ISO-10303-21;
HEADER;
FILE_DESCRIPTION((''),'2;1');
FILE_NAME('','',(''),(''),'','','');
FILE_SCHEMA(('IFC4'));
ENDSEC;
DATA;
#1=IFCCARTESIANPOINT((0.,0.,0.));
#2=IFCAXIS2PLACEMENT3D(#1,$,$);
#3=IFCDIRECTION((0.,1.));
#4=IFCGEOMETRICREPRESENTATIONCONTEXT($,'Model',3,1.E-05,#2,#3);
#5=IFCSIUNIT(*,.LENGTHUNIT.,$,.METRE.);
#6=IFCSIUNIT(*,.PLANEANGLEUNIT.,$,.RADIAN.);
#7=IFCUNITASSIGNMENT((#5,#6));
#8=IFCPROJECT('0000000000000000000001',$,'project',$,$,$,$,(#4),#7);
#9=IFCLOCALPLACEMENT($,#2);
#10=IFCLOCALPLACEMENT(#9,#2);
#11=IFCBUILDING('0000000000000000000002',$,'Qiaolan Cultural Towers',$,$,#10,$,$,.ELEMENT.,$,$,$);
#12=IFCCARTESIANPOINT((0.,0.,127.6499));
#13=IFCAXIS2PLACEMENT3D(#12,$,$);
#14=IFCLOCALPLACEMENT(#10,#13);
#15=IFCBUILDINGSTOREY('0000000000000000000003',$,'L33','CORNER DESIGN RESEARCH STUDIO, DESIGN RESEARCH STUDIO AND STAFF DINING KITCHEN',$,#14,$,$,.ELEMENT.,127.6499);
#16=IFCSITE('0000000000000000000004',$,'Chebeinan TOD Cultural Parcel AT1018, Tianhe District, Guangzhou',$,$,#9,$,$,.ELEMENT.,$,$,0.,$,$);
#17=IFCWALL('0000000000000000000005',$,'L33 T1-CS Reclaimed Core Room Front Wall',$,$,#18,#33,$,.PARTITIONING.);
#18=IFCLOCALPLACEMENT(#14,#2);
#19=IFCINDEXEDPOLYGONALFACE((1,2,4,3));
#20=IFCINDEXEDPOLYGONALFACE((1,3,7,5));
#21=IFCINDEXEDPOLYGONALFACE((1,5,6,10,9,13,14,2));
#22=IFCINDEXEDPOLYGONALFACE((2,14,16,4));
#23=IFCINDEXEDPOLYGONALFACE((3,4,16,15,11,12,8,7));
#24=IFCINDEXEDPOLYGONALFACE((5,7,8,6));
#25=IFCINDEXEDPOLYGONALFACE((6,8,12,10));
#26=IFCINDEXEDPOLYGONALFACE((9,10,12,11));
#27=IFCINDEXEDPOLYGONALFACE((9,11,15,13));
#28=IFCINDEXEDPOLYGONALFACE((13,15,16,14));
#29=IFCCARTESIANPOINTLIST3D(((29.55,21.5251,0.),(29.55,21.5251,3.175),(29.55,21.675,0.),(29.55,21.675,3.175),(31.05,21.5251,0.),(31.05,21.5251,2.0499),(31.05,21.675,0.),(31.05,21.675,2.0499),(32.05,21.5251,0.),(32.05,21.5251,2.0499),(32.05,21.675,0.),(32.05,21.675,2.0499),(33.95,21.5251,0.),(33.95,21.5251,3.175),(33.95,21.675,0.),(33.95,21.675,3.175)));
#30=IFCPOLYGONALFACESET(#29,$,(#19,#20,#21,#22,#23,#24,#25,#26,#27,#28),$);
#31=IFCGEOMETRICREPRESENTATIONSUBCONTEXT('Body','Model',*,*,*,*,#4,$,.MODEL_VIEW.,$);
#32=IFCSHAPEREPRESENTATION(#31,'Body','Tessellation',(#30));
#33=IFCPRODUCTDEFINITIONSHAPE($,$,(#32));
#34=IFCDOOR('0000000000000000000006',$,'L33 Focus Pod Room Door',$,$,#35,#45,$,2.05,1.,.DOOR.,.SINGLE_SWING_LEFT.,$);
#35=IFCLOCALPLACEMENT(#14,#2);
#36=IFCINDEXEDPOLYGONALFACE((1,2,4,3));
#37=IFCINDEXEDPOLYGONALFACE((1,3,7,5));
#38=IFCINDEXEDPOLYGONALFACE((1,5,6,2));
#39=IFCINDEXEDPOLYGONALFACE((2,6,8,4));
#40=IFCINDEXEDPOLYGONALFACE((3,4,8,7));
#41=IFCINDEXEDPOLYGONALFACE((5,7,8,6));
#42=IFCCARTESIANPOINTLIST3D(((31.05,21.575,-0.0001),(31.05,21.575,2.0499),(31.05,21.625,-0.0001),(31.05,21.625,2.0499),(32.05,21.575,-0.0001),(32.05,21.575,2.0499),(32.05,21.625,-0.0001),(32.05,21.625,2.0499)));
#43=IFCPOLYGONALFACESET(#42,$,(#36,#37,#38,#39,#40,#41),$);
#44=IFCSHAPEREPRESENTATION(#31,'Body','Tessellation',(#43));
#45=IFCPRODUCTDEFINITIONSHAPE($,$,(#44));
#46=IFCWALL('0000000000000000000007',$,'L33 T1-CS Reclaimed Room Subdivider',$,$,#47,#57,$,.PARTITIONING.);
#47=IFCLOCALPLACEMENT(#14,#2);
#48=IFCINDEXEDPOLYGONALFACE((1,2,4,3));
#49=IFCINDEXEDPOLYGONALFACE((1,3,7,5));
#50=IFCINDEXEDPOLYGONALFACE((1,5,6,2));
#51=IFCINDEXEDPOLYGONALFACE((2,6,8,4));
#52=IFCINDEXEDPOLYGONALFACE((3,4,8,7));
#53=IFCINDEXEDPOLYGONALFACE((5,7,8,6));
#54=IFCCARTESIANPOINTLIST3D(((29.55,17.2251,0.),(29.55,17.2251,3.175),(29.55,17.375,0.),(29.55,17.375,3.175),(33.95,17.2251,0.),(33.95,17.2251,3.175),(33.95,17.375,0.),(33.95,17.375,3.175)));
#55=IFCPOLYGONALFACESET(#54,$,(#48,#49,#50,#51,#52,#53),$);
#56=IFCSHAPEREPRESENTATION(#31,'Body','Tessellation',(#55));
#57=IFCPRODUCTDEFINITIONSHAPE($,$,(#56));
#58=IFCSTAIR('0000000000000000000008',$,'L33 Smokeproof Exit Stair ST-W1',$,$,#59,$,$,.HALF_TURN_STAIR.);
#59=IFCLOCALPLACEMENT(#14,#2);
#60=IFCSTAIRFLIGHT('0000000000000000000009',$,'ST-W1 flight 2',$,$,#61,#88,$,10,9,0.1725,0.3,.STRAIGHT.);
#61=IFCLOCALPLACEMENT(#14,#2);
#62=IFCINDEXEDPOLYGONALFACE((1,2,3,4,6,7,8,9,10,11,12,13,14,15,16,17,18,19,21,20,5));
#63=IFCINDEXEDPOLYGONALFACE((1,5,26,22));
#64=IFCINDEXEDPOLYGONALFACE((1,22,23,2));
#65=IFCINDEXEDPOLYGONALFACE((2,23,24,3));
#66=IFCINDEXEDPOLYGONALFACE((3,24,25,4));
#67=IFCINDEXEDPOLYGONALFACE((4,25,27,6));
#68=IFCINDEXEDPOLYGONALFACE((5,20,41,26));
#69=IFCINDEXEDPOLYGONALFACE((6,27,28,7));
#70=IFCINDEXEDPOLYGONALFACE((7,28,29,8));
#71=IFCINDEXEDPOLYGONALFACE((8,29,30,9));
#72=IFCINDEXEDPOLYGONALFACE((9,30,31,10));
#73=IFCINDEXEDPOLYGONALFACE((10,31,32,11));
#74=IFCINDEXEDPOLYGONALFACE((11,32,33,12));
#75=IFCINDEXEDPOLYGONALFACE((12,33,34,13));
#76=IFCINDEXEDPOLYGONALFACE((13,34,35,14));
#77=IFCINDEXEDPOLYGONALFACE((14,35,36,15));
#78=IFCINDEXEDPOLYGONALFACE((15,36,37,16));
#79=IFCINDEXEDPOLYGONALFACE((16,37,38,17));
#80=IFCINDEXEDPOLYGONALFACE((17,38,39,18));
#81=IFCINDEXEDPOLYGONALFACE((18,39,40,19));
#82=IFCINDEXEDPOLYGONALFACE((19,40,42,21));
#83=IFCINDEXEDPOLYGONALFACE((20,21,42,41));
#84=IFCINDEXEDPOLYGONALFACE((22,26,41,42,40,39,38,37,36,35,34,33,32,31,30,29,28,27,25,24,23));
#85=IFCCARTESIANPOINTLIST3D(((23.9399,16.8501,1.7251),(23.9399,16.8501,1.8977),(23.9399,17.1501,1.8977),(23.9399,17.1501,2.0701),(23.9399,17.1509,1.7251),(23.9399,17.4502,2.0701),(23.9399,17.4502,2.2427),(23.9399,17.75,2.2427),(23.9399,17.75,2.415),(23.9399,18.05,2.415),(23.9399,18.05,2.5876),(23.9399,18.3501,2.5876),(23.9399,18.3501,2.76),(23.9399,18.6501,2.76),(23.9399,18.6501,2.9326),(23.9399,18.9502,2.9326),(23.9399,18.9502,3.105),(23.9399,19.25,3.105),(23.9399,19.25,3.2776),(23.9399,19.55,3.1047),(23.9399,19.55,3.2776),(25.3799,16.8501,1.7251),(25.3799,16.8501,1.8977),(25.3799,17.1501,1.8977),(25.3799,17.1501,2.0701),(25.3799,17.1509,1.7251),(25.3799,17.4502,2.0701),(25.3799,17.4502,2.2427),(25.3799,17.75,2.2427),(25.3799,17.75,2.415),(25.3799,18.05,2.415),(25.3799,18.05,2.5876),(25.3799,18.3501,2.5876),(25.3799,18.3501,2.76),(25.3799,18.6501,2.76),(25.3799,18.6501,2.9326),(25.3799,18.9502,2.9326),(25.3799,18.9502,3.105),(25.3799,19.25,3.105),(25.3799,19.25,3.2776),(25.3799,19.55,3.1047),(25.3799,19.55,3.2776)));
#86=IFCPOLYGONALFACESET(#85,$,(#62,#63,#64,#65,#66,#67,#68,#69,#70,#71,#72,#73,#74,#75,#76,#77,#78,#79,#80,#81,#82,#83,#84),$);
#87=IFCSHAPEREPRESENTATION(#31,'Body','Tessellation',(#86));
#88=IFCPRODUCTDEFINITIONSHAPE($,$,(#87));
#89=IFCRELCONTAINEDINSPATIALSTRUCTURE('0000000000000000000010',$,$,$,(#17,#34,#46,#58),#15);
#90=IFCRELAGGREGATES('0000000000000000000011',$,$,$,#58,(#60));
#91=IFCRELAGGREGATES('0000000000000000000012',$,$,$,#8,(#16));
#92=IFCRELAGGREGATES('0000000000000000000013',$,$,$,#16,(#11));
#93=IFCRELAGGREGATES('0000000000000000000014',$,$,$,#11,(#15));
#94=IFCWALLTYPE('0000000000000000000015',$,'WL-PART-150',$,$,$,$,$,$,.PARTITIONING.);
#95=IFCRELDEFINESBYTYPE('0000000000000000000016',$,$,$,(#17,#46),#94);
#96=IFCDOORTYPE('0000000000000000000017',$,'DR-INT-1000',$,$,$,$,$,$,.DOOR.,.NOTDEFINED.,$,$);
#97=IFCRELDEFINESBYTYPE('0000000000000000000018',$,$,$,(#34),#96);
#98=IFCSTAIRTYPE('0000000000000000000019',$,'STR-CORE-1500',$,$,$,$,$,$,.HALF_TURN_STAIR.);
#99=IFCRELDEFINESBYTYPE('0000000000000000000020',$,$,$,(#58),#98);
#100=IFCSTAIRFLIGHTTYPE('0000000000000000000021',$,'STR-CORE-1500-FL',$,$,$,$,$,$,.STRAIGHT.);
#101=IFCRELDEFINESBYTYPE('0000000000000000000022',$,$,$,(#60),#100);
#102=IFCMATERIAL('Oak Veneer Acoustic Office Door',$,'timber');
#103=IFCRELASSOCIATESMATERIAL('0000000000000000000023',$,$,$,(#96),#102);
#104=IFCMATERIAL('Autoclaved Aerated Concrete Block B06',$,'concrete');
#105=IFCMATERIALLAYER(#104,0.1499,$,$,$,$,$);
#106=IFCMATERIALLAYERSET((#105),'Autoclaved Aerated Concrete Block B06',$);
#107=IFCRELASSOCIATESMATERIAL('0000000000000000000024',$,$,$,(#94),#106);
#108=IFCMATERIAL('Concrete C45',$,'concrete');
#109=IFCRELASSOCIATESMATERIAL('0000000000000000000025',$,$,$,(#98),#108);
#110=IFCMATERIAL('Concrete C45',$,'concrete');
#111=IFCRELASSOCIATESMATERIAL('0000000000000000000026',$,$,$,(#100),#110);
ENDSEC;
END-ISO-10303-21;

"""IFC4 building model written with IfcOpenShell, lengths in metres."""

from ifc_helpers import new_model, si_unit, direction, frame, frame_2d, origin, place, context, subcontext, project, spatial, polyline, rectangle, outline, extrude, material, layer, layer_set, type_object, element, fill, aggregate, save


model = new_model("IFC4")

# Units and contexts
model_context = context("Model", 3, precision=1e-05, world=origin(), true_north=direction((0.0, 1.0)))
body_context = subcontext(model_context, "Body", "Model", "MODEL_VIEW")
ifc_project = project(units=[si_unit("LENGTHUNIT", "METRE"), si_unit("PLANEANGLEUNIT", "RADIAN")], contexts=[model_context])

# Site, building, storey
site_placement = place(None, origin())
site = spatial("IfcSite", under=ifc_project, at=site_placement, Name="Chebeinan TOD Cultural Parcel AT1018, Tianhe District, Guangzhou", CompositionType="ELEMENT", RefElevation=0.0)
building_placement = place(site_placement, origin())
building = spatial("IfcBuilding", under=site, at=building_placement, Name="Qiaolan Cultural Towers", CompositionType="ELEMENT")
storey_placement = place(building_placement, frame((0.0, 0.0, 127.6499)))
storey = spatial("IfcBuildingStorey", under=building, at=storey_placement, Name="L33", Description="CORNER DESIGN RESEARCH STUDIO, DESIGN RESEARCH STUDIO AND STAFF DINING KITCHEN", CompositionType="ELEMENT", Elevation=127.6499)

# Shared definitions
ifc_material_1 = material(Name="Oak Veneer Acoustic Office Door", Category="timber")
door_type_1 = type_object("IfcDoorType", Name="DR-INT-1000", OperationType="NOTDEFINED", PredefinedType="DOOR", material=ifc_material_1)

# Wall, opening, door
ifc_material_2 = material(Name="Autoclaved Aerated Concrete Block B06", Category="concrete")
ifc_layer_1 = layer(ifc_material_2, 0.1499)
ifc_layer_set_1 = layer_set([ifc_layer_1], Name="Autoclaved Aerated Concrete Block B06")
wall_type_1 = type_object("IfcWallType", Name="WL-PART-150", PredefinedType="PARTITIONING", material=ifc_layer_set_1)
wall_1_placement = place(storey_placement, frame((29.55, 21.6001, 0.0), z_axis=(0.0, 0.0, 1.0), x_axis=(1.0, 0.0, 0.0)))
wall_1 = element("IfcWall", 1, at=wall_1_placement, inside=storey, type_object=wall_type_1, Name="L33 T1-CS Reclaimed Core Room Front Wall", PredefinedType="PARTITIONING", context=body_context, shape_type="SweptSolid", body=[
    extrude(rectangle(XDim=4.3999, YDim=0.1499, at=frame_2d((2.2, 0.0))), origin(), (0.0, 0.0, 1.0), 3.175),
])
opening_1_placement = place(wall_1_placement, frame((1.5, 0.0, 0.0)))
opening_1 = element("IfcOpeningElement", 2, at=opening_1_placement, cuts=wall_1, PredefinedType="OPENING", context=body_context, shape_type="SweptSolid", body=[
    extrude(rectangle(XDim=1.0, YDim=2.05, at=frame_2d((0.5, 1.0249))), frame((0.0, 0.085, 0.0), z_axis=(0.0, -1.0, 0.0), x_axis=(1.0, 0.0, 0.0)), (0.0, 0.0, 1.0), 0.1699),
])
door_1_placement = place(opening_1_placement, origin())
door_1 = element("IfcDoor", 3, at=door_1_placement, inside=storey, type_object=door_type_1, Name="L33 Focus Pod Room Door", OperationType="SINGLE_SWING_LEFT", OverallHeight=2.05, OverallWidth=1.0, PredefinedType="DOOR", context=body_context, shape_type="SweptSolid", body=[
    extrude(rectangle(XDim=1.0, YDim=2.05, at=frame_2d((0.5, 1.0249))), frame((0.0, 0.0249, 0.0), z_axis=(0.0, -1.0, 0.0), x_axis=(1.0, 0.0, 0.0)), (0.0, 0.0, 1.0), 0.05),
])
fill(opening_1, door_1)

# Wall
wall_2_placement = place(storey_placement, frame((29.55, 17.3, 0.0), z_axis=(0.0, 0.0, 1.0), x_axis=(1.0, 0.0, 0.0)))
element("IfcWall", 4, at=wall_2_placement, inside=storey, type_object=wall_type_1, Name="L33 T1-CS Reclaimed Room Subdivider", PredefinedType="PARTITIONING", context=body_context, shape_type="SweptSolid", body=[
    extrude(rectangle(XDim=4.3999, YDim=0.1499, at=frame_2d((2.2, 0.0))), origin(), (0.0, 0.0, 1.0), 3.175),
])

# Stair, stair flight
ifc_material_3 = material(Name="Concrete C45", Category="concrete")
stair_type = type_object("IfcStairType", Name="STR-CORE-1500", PredefinedType="HALF_TURN_STAIR", material=ifc_material_3)
stair_placement = place(storey_placement, origin())
stair = element("IfcStair", 5, at=stair_placement, inside=storey, type_object=stair_type, Name="L33 Smokeproof Exit Stair ST-W1", PredefinedType="HALF_TURN_STAIR")
ifc_material_4 = material(Name="Concrete C45", Category="concrete")
stair_flight_type = type_object("IfcStairFlightType", Name="STR-CORE-1500-FL", PredefinedType="STRAIGHT", material=ifc_material_4)
stair_flight_placement = place(storey_placement, frame((24.6599, 16.8501, 1.7251), z_axis=(0.0, 0.0, 1.0), x_axis=(0.0, 1.0, 0.0)))
stair_flight = element("IfcStairFlight", 6, at=stair_flight_placement, type_object=stair_flight_type, Name="ST-W1 flight 2", NumberOfRisers=10, NumberOfTreads=9, PredefinedType="STRAIGHT", RiserHeight=0.1725, TreadLength=0.3, context=body_context, shape_type="SweptSolid", body=[
    extrude(outline(polyline([(0.0, 0.0), (0.0, 0.1726), (0.3, 0.1726), (0.3, 0.345), (0.6001, 0.345), (0.6001, 0.5176), (0.8999, 0.5176), (0.8999, 0.6899), (1.2, 0.6899), (1.2, 0.8625), (1.5, 0.8625), (1.5, 1.0349), (1.8, 1.0349), (1.8, 1.2075), (2.1001, 1.2075), (2.1001, 1.3799), (2.3999, 1.3799), (2.3999, 1.5525), (2.7, 1.5525), (2.7, 1.7251), (2.7, 1.3796), (0.3008, 0.0), (0.0, 0.0)])), frame((0.0, 0.72, 0.0), z_axis=(0.0, -1.0, 0.0), x_axis=(1.0, 0.0, 0.0)), (0.0, 0.0, 1.0), 1.4399),
])
aggregate(stair, [stair_flight])

save(model, "model.ifc")
